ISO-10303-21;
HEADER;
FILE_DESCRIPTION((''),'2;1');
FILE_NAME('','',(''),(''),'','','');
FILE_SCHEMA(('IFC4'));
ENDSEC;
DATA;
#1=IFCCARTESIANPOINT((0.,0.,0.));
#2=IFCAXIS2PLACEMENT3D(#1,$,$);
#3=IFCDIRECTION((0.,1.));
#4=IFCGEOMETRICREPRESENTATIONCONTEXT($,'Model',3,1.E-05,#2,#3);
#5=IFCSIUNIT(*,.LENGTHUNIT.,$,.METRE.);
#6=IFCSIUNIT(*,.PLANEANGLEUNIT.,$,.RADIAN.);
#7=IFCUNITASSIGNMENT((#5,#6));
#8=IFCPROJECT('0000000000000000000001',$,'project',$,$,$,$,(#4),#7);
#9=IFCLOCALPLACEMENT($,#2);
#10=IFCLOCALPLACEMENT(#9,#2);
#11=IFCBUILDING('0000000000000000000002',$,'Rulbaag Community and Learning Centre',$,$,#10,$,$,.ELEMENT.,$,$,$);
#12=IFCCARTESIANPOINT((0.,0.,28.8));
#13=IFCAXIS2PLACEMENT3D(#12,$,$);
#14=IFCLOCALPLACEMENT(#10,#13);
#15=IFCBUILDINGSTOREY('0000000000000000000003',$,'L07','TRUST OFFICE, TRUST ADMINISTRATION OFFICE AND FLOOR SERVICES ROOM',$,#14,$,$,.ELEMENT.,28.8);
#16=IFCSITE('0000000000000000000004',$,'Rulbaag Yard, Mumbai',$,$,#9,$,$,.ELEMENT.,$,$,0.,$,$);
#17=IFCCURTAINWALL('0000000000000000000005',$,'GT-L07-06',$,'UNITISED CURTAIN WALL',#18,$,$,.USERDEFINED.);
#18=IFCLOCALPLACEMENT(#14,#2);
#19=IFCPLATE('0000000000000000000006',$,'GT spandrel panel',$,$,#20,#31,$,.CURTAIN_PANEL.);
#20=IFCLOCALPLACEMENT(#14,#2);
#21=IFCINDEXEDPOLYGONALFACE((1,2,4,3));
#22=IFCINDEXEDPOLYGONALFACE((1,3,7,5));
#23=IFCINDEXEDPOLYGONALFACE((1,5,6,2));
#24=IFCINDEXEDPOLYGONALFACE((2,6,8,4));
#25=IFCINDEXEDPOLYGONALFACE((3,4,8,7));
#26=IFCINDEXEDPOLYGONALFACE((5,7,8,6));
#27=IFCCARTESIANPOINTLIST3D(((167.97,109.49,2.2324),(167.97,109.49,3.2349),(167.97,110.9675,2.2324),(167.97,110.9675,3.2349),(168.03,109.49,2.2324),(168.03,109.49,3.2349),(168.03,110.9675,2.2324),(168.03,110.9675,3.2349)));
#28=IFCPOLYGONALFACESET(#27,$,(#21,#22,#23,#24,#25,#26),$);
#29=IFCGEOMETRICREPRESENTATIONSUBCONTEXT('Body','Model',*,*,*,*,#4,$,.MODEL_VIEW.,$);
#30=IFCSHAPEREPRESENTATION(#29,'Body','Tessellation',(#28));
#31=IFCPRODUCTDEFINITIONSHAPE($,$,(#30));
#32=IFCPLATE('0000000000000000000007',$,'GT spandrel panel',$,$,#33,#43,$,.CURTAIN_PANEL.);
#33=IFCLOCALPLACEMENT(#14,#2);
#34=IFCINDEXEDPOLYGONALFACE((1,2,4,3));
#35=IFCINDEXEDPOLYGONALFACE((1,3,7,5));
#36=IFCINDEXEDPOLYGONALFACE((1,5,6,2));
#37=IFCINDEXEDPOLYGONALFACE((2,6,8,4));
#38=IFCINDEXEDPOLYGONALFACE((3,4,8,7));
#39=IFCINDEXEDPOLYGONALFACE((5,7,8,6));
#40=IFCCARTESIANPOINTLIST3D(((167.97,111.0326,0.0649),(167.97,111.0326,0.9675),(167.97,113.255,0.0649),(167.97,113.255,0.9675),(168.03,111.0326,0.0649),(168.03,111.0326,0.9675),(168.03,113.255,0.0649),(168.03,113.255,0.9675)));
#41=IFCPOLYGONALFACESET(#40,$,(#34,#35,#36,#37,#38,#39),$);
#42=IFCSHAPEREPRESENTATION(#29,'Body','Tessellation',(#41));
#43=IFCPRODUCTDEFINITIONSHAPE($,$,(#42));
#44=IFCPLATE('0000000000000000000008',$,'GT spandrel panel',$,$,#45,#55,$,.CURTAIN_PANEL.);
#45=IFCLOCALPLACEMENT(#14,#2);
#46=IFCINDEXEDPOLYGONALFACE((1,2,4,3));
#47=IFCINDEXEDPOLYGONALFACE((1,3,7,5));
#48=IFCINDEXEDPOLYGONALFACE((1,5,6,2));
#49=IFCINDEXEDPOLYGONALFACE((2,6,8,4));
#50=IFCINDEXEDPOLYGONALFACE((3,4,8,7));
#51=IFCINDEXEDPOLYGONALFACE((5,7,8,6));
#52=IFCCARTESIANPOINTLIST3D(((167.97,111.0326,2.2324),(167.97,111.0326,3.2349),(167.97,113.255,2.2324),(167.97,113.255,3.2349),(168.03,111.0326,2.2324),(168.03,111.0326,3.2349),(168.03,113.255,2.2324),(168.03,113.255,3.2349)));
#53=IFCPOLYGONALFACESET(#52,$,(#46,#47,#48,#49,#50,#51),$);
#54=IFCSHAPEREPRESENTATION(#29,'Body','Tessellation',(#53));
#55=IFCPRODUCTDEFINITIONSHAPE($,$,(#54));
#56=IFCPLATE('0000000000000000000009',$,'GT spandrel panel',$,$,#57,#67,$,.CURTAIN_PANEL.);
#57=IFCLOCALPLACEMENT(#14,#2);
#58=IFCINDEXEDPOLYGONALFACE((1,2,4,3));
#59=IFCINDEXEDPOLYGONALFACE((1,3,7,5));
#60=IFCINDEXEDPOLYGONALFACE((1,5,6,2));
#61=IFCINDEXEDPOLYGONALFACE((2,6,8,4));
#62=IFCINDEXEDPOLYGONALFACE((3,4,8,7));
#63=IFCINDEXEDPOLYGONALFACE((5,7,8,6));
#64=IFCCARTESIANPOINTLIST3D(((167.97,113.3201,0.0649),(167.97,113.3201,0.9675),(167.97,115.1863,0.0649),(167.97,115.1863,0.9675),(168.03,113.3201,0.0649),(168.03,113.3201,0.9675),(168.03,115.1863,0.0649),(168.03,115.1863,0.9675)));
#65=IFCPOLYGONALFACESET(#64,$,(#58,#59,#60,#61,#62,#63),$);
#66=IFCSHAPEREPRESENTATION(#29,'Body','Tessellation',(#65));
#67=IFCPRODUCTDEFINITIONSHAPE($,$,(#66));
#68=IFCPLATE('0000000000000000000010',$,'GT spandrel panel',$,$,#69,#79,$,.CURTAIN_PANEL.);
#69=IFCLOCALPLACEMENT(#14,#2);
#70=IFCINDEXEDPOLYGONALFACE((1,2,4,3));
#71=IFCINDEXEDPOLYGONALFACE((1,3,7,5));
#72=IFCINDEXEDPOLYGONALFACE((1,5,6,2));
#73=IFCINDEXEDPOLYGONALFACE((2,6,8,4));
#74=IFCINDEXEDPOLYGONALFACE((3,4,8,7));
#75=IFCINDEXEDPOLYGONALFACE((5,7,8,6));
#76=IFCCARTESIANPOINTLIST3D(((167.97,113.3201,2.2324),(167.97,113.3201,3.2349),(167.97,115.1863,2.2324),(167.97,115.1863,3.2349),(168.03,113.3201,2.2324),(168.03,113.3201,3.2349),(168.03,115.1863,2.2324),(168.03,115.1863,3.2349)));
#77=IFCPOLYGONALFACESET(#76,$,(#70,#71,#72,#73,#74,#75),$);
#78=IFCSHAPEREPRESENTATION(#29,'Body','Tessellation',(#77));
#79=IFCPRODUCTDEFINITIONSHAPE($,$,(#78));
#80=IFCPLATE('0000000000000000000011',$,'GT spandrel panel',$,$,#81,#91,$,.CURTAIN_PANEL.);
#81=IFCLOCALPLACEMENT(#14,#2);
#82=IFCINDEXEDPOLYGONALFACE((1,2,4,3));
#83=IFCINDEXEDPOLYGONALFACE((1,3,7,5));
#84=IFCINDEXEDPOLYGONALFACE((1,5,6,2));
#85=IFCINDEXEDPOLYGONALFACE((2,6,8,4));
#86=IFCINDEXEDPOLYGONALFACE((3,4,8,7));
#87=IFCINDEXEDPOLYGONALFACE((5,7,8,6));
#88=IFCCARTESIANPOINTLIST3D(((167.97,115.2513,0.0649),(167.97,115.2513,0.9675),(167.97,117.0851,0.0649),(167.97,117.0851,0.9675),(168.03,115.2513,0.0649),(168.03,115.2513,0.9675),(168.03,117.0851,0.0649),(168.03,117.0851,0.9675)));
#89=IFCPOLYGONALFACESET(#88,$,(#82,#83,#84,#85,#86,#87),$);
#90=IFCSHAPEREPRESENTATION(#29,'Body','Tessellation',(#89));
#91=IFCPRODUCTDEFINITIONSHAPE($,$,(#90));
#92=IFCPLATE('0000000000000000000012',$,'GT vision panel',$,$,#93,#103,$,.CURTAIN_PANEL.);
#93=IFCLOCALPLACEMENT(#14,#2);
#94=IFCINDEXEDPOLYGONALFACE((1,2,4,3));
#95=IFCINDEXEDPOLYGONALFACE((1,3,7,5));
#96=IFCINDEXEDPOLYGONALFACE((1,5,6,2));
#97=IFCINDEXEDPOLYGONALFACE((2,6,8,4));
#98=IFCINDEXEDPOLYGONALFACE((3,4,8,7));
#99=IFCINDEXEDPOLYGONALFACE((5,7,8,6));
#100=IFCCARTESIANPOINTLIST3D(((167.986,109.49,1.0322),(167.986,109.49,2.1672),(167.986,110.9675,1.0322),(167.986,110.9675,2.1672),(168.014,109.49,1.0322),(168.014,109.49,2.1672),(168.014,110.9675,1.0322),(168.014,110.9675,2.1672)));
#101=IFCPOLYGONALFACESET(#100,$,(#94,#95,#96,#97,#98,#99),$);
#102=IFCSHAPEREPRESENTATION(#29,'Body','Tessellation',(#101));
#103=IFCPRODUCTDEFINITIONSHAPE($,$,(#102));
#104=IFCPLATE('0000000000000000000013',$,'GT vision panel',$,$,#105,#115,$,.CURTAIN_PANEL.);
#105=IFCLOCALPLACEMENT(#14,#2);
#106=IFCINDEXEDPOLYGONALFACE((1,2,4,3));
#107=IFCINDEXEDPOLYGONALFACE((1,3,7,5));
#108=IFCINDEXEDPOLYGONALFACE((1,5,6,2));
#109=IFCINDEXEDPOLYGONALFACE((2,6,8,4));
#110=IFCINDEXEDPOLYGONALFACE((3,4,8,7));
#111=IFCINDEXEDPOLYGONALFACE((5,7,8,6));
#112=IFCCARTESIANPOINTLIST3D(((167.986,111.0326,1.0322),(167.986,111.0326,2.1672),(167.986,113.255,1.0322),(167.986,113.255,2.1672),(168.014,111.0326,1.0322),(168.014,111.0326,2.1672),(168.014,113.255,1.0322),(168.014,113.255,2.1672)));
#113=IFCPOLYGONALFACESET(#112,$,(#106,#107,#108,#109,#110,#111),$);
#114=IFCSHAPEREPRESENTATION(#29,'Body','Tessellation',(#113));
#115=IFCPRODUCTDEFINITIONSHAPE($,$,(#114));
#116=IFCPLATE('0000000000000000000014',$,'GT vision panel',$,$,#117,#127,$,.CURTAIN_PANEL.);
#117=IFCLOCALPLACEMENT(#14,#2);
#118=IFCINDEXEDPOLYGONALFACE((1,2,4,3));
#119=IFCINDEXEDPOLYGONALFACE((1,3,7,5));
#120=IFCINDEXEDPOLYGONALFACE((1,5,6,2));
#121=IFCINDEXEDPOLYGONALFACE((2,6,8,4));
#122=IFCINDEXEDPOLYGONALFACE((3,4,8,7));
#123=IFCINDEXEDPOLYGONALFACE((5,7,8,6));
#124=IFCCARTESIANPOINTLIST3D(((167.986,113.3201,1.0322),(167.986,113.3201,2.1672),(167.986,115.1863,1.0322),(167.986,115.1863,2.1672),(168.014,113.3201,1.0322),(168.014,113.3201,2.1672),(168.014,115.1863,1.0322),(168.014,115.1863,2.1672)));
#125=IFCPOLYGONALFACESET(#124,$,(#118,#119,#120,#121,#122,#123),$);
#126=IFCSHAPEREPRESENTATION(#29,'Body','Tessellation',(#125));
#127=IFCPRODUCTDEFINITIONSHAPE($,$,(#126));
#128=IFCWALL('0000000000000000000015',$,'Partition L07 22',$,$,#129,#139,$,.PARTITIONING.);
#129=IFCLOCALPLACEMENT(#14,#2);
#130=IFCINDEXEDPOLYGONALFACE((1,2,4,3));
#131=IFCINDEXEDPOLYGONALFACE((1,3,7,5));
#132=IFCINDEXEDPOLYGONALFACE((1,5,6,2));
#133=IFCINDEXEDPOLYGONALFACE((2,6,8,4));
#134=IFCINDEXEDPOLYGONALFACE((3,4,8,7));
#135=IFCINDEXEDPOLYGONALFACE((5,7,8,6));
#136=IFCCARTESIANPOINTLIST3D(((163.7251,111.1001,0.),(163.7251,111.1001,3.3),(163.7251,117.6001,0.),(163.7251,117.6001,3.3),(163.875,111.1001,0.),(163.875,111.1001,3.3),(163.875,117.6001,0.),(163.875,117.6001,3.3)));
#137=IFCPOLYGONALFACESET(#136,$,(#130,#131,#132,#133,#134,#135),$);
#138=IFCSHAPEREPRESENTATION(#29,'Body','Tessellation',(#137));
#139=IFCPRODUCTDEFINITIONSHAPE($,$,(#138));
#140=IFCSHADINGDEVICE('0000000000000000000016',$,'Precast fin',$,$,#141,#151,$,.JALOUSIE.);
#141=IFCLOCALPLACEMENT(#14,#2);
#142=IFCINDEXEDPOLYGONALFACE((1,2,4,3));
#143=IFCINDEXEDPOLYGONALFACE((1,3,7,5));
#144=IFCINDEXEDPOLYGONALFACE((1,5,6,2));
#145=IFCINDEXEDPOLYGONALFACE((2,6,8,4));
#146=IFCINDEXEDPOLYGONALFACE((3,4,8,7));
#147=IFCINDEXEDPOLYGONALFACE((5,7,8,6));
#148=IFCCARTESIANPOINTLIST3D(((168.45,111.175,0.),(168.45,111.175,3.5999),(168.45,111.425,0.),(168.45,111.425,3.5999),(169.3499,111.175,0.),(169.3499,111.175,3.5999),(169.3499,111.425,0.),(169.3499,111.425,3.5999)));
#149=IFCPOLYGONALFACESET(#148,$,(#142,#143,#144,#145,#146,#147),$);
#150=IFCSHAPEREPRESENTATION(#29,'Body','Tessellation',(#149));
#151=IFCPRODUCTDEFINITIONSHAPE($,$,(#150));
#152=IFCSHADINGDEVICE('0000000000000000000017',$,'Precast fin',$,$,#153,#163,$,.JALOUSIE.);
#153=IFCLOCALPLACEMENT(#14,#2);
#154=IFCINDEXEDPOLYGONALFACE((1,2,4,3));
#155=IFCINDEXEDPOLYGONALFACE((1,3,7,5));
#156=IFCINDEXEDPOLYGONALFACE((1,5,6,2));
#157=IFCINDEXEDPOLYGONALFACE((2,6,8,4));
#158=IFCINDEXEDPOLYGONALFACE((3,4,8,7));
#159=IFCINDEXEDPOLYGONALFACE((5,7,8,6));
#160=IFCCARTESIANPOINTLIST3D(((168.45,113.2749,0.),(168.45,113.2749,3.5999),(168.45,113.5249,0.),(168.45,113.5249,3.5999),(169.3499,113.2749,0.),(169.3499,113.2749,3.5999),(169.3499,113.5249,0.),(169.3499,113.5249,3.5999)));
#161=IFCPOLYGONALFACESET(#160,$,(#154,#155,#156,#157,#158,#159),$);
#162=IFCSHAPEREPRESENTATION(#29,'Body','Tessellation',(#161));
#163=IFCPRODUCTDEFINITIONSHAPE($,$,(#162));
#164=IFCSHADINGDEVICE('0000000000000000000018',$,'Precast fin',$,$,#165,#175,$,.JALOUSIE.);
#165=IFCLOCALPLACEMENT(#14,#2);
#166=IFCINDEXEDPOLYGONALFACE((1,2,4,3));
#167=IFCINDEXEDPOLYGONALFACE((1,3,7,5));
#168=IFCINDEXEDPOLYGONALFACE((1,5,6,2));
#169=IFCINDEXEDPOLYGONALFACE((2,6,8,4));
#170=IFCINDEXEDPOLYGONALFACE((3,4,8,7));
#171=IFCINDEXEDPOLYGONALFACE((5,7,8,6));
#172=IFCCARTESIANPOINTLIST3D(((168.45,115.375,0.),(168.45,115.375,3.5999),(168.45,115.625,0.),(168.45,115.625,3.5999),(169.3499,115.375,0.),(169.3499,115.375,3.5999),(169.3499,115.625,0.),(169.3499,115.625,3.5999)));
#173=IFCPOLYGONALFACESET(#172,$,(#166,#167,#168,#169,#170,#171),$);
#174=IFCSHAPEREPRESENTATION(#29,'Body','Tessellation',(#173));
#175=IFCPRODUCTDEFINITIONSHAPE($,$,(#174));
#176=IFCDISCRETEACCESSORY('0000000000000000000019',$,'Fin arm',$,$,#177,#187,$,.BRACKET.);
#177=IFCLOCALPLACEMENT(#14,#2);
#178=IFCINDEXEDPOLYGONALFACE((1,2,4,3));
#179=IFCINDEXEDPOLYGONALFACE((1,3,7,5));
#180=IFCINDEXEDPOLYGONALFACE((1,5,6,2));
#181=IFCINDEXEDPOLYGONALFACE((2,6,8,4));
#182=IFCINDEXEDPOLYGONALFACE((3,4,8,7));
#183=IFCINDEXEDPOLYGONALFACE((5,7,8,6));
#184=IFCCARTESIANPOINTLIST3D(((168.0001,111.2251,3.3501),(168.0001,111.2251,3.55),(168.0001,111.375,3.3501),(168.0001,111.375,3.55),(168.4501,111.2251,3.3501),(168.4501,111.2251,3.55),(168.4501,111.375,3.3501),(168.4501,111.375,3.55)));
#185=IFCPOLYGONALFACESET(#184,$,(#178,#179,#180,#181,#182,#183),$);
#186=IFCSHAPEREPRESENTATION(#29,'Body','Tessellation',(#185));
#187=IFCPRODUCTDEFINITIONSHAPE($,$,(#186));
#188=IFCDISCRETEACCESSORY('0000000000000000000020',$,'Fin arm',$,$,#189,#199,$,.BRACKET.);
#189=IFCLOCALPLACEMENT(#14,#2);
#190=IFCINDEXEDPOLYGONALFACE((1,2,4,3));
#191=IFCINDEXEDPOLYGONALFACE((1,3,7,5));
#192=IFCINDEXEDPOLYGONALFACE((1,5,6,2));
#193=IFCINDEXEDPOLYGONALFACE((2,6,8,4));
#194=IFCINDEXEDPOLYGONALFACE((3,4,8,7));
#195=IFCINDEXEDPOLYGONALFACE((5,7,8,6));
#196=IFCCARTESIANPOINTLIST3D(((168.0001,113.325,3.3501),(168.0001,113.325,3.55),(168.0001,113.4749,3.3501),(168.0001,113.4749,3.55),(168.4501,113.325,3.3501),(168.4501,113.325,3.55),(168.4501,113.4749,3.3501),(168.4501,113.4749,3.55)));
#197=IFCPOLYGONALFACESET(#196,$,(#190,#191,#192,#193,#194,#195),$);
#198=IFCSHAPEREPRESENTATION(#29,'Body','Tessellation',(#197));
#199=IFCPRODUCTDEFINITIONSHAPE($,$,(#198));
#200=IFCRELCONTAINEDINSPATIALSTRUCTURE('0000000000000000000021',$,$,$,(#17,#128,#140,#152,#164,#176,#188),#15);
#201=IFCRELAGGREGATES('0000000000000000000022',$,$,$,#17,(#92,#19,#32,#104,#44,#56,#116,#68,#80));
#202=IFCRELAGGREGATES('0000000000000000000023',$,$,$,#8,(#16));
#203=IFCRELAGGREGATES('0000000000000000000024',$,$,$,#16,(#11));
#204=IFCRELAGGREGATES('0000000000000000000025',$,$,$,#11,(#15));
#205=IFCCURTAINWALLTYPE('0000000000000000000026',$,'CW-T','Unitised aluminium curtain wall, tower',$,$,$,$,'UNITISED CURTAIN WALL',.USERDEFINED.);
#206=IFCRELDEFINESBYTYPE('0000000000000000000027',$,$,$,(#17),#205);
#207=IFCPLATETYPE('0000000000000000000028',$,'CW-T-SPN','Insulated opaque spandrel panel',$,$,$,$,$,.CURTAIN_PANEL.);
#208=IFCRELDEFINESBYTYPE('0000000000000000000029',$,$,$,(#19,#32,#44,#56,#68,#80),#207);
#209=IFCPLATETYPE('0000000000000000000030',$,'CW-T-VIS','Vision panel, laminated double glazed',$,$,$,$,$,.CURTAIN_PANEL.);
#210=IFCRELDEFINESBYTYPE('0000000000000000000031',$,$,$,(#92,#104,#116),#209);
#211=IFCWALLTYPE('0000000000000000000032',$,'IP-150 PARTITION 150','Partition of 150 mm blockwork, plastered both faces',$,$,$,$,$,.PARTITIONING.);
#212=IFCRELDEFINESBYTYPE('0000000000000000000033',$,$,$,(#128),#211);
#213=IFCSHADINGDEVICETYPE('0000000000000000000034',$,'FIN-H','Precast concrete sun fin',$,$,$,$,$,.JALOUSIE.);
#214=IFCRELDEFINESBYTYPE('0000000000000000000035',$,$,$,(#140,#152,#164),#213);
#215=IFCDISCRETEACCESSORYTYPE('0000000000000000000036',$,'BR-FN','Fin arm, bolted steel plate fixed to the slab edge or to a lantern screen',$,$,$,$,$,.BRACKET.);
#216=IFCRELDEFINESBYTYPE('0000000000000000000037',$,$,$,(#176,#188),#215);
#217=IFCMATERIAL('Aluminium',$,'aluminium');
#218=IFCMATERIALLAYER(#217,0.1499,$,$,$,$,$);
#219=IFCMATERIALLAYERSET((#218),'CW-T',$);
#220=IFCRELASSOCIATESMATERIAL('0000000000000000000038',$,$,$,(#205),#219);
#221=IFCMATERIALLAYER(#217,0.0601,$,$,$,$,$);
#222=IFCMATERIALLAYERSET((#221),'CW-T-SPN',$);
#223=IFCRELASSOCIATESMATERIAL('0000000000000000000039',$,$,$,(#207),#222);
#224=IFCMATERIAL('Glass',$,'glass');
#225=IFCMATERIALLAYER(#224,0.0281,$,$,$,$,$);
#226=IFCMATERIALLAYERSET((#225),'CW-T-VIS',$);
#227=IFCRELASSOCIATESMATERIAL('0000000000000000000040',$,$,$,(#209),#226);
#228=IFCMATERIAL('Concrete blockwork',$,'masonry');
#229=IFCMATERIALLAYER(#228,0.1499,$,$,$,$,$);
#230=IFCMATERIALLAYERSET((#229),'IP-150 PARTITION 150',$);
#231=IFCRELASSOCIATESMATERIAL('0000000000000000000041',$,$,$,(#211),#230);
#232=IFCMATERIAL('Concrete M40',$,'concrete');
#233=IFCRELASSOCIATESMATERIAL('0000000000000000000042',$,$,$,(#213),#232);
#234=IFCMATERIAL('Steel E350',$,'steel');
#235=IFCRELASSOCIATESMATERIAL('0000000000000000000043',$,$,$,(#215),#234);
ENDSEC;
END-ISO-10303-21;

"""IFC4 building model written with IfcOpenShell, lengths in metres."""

from ifc_helpers import new_model, si_unit, direction, frame, frame_2d, origin, origin_2d, place, context, subcontext, project, spatial, rectangle, extrude, material, layer, layer_set, material_profile, profile_set, type_object, element, aggregate, save


model = new_model("IFC4")

# Units and contexts
model_context = context("Model", 3, precision=1e-05, world=origin(), true_north=direction((0.0, 1.0)))
body_context = subcontext(model_context, "Body", "Model", "MODEL_VIEW")
ifc_project = project(units=[si_unit("LENGTHUNIT", "METRE"), si_unit("PLANEANGLEUNIT", "RADIAN")], contexts=[model_context])

# Site, building, storey
site_placement = place(None, origin())
site = spatial("IfcSite", under=ifc_project, at=site_placement, Name="Rulbaag Yard, Mumbai", CompositionType="ELEMENT", RefElevation=0.0)
building_placement = place(site_placement, origin())
building = spatial("IfcBuilding", under=site, at=building_placement, Name="Rulbaag Community and Learning Centre", CompositionType="ELEMENT")
storey_placement = place(building_placement, frame((0.0, 0.0, 28.8)))
storey = spatial("IfcBuildingStorey", under=building, at=storey_placement, Name="L07", Description="TRUST OFFICE, TRUST ADMINISTRATION OFFICE AND FLOOR SERVICES ROOM", CompositionType="ELEMENT", Elevation=28.8)

# Curtain wall, plates
ifc_material_1 = material(Name="Aluminium", Category="aluminium")
ifc_layer_1 = layer(ifc_material_1, 0.1499)
ifc_layer_set_1 = layer_set([ifc_layer_1], Name="CW-T")
curtain_wall_type = type_object("IfcCurtainWallType", Name="CW-T", Description="Unitised aluminium curtain wall, tower", ElementType="UNITISED CURTAIN WALL", PredefinedType="USERDEFINED", material=ifc_layer_set_1)
curtain_wall_placement = place(storey_placement, origin())
curtain_wall = element("IfcCurtainWall", 1, at=curtain_wall_placement, inside=storey, type_object=curtain_wall_type, Name="GT-L07-06", ObjectType="UNITISED CURTAIN WALL", PredefinedType="USERDEFINED")
ifc_layer_2 = layer(ifc_material_1, 0.0601)
ifc_layer_set_2 = layer_set([ifc_layer_2], Name="CW-T-SPN")
plate_type_1 = type_object("IfcPlateType", Name="CW-T-SPN", Description="Insulated opaque spandrel panel", PredefinedType="CURTAIN_PANEL", material=ifc_layer_set_2)
plate_1_placement = place(storey_placement, frame((168.0, 110.2288, 2.2324), z_axis=(0.0, 0.0, 1.0), x_axis=(0.0, 1.0, 0.0)))
plate_1 = element("IfcPlate", 2, at=plate_1_placement, type_object=plate_type_1, Name="GT spandrel panel", PredefinedType="CURTAIN_PANEL", context=body_context, shape_type="SweptSolid", body=[
    extrude(rectangle(XDim=1.4775, YDim=0.0601, at=origin_2d()), origin(), (0.0, 0.0, 1.0), 1.0024),
])
plate_2_placement = place(storey_placement, frame((168.0, 112.1438, 0.0649), z_axis=(0.0, 0.0, 1.0), x_axis=(0.0, 1.0, 0.0)))
plate_2 = element("IfcPlate", 3, at=plate_2_placement, type_object=plate_type_1, Name="GT spandrel panel", PredefinedType="CURTAIN_PANEL", context=body_context, shape_type="SweptSolid", body=[
    extrude(rectangle(XDim=2.2224, YDim=0.0601, at=origin_2d()), origin(), (0.0, 0.0, 1.0), 0.9026),
])
plate_3_placement = place(storey_placement, frame((168.0, 112.1438, 2.2324), z_axis=(0.0, 0.0, 1.0), x_axis=(0.0, 1.0, 0.0)))
plate_3 = element("IfcPlate", 4, at=plate_3_placement, type_object=plate_type_1, Name="GT spandrel panel", PredefinedType="CURTAIN_PANEL", context=body_context, shape_type="SweptSolid", body=[
    extrude(rectangle(XDim=2.2224, YDim=0.0601, at=origin_2d()), origin(), (0.0, 0.0, 1.0), 1.0024),
])
plate_4_placement = place(storey_placement, frame((168.0, 114.2532, 0.0649), z_axis=(0.0, 0.0, 1.0), x_axis=(0.0, 1.0, 0.0)))
plate_4 = element("IfcPlate", 5, at=plate_4_placement, type_object=plate_type_1, Name="GT spandrel panel", PredefinedType="CURTAIN_PANEL", context=body_context, shape_type="SweptSolid", body=[
    extrude(rectangle(XDim=1.8662, YDim=0.0601, at=origin_2d()), origin(), (0.0, 0.0, 1.0), 0.9026),
])
plate_5_placement = place(storey_placement, frame((168.0, 114.2532, 2.2324), z_axis=(0.0, 0.0, 1.0), x_axis=(0.0, 1.0, 0.0)))
plate_5 = element("IfcPlate", 6, at=plate_5_placement, type_object=plate_type_1, Name="GT spandrel panel", PredefinedType="CURTAIN_PANEL", context=body_context, shape_type="SweptSolid", body=[
    extrude(rectangle(XDim=1.8662, YDim=0.0601, at=origin_2d()), origin(), (0.0, 0.0, 1.0), 1.0024),
])
plate_6_placement = place(storey_placement, frame((168.0, 116.1682, 0.0649), z_axis=(0.0, 0.0, 1.0), x_axis=(0.0, 1.0, 0.0)))
plate_6 = element("IfcPlate", 7, at=plate_6_placement, type_object=plate_type_1, Name="GT spandrel panel", PredefinedType="CURTAIN_PANEL", context=body_context, shape_type="SweptSolid", body=[
    extrude(rectangle(XDim=1.8337, YDim=0.0601, at=origin_2d()), origin(), (0.0, 0.0, 1.0), 0.9026),
])
ifc_material_2 = material(Name="Glass", Category="glass")
ifc_layer_3 = layer(ifc_material_2, 0.0281)
ifc_layer_set_3 = layer_set([ifc_layer_3], Name="CW-T-VIS")
plate_type_2 = type_object("IfcPlateType", Name="CW-T-VIS", Description="Vision panel, laminated double glazed", PredefinedType="CURTAIN_PANEL", material=ifc_layer_set_3)
plate_7_placement = place(storey_placement, frame((168.0, 110.2288, 1.0322), z_axis=(0.0, 0.0, 1.0), x_axis=(0.0, 1.0, 0.0)))
plate_7 = element("IfcPlate", 8, at=plate_7_placement, type_object=plate_type_2, Name="GT vision panel", PredefinedType="CURTAIN_PANEL", context=body_context, shape_type="SweptSolid", body=[
    extrude(rectangle(XDim=1.4775, YDim=0.0281, at=origin_2d()), origin(), (0.0, 0.0, 1.0), 1.135),
])
plate_8_placement = place(storey_placement, frame((168.0, 112.1438, 1.0322), z_axis=(0.0, 0.0, 1.0), x_axis=(0.0, 1.0, 0.0)))
plate_8 = element("IfcPlate", 9, at=plate_8_placement, type_object=plate_type_2, Name="GT vision panel", PredefinedType="CURTAIN_PANEL", context=body_context, shape_type="SweptSolid", body=[
    extrude(rectangle(XDim=2.2224, YDim=0.0281, at=origin_2d()), origin(), (0.0, 0.0, 1.0), 1.135),
])
plate_9_placement = place(storey_placement, frame((168.0, 114.2532, 1.0322), z_axis=(0.0, 0.0, 1.0), x_axis=(0.0, 1.0, 0.0)))
plate_9 = element("IfcPlate", 10, at=plate_9_placement, type_object=plate_type_2, Name="GT vision panel", PredefinedType="CURTAIN_PANEL", context=body_context, shape_type="SweptSolid", body=[
    extrude(rectangle(XDim=1.8662, YDim=0.0281, at=origin_2d()), origin(), (0.0, 0.0, 1.0), 1.135),
])
aggregate(curtain_wall, [plate_7, plate_1, plate_2, plate_8, plate_3, plate_4, plate_9, plate_5, plate_6])

# Wall
ifc_material_3 = material(Name="Concrete blockwork", Category="masonry")
ifc_layer_4 = layer(ifc_material_3, 0.1499)
ifc_layer_set_4 = layer_set([ifc_layer_4], Name="IP-150 PARTITION 150")
wall_type = type_object("IfcWallType", Name="IP-150 PARTITION 150", Description="Partition of 150 mm blockwork, plastered both faces", PredefinedType="PARTITIONING", material=ifc_layer_set_4)
wall_placement = place(storey_placement, frame((163.8, 111.1001, 0.0), z_axis=(0.0, 0.0, 1.0), x_axis=(0.0, 1.0, 0.0)))
element("IfcWall", 11, at=wall_placement, inside=storey, type_object=wall_type, Name="Partition L07 22", PredefinedType="PARTITIONING", context=body_context, shape_type="SweptSolid", body=[
    extrude(rectangle(XDim=6.5, YDim=0.1499, at=frame_2d((3.25, 0.0))), origin(), (0.0, 0.0, 1.0), 3.3),
])

# Shading devices
ifc_material_4 = material(Name="Concrete M40", Category="concrete")
ifc_material_profile_1 = material_profile(ifc_material_4, rectangle(XDim=0.25, YDim=0.8999, at=origin_2d()), Name="PC 250x900")
ifc_profile_set_1 = profile_set([ifc_material_profile_1], Name="Concrete M40")
shading_device_type = type_object("IfcShadingDeviceType", Name="FIN-H", Description="Precast concrete sun fin", PredefinedType="JALOUSIE", material=ifc_profile_set_1)
for number, where, z_axis, x_axis, name in (
    (12, (168.8999, 111.3, 0.0), (0.0, 0.0, 1.0), (0.0, 1.0, 0.0), "Precast fin"),
    (13, (168.8999, 113.3999, 0.0), (0.0, 0.0, 1.0), (0.0, 1.0, 0.0), "Precast fin"),
    (14, (168.8999, 115.5, 0.0), (0.0, 0.0, 1.0), (0.0, 1.0, 0.0), "Precast fin"),
):
    element("IfcShadingDevice", number, at=place(storey_placement, frame(where, z_axis=z_axis, x_axis=x_axis)), inside=storey, type_object=shading_device_type, Name=name, PredefinedType="JALOUSIE", context=body_context, shape_type="SweptSolid", body=[
        extrude(rectangle(XDim=0.25, YDim=0.8999, at=origin_2d()), origin(), (0.0, 0.0, 1.0), 3.5999),
    ])

# Discrete accessories
ifc_material_5 = material(Name="Steel E350", Category="steel")
discrete_accessory_type = type_object("IfcDiscreteAccessoryType", Name="BR-FN", Description="Fin arm, bolted steel plate fixed to the slab edge or to a lantern screen", PredefinedType="BRACKET", material=ifc_material_5)
for number, where, z_axis, x_axis, name in (
    (15, (168.2251, 111.3, 3.3501), (0.0, 0.0, 1.0), (1.0, 0.0, 0.0), "Fin arm"),
    (16, (168.2251, 113.3999, 3.3501), (0.0, 0.0, 1.0), (1.0, 0.0, 0.0), "Fin arm"),
):
    element("IfcDiscreteAccessory", number, at=place(storey_placement, frame(where, z_axis=z_axis, x_axis=x_axis)), inside=storey, type_object=discrete_accessory_type, Name=name, PredefinedType="BRACKET", context=body_context, shape_type="SweptSolid", body=[
        extrude(rectangle(XDim=0.45, YDim=0.1499, at=origin_2d()), origin(), (0.0, 0.0, 1.0), 0.2),
    ])

save(model, "model.ifc")
